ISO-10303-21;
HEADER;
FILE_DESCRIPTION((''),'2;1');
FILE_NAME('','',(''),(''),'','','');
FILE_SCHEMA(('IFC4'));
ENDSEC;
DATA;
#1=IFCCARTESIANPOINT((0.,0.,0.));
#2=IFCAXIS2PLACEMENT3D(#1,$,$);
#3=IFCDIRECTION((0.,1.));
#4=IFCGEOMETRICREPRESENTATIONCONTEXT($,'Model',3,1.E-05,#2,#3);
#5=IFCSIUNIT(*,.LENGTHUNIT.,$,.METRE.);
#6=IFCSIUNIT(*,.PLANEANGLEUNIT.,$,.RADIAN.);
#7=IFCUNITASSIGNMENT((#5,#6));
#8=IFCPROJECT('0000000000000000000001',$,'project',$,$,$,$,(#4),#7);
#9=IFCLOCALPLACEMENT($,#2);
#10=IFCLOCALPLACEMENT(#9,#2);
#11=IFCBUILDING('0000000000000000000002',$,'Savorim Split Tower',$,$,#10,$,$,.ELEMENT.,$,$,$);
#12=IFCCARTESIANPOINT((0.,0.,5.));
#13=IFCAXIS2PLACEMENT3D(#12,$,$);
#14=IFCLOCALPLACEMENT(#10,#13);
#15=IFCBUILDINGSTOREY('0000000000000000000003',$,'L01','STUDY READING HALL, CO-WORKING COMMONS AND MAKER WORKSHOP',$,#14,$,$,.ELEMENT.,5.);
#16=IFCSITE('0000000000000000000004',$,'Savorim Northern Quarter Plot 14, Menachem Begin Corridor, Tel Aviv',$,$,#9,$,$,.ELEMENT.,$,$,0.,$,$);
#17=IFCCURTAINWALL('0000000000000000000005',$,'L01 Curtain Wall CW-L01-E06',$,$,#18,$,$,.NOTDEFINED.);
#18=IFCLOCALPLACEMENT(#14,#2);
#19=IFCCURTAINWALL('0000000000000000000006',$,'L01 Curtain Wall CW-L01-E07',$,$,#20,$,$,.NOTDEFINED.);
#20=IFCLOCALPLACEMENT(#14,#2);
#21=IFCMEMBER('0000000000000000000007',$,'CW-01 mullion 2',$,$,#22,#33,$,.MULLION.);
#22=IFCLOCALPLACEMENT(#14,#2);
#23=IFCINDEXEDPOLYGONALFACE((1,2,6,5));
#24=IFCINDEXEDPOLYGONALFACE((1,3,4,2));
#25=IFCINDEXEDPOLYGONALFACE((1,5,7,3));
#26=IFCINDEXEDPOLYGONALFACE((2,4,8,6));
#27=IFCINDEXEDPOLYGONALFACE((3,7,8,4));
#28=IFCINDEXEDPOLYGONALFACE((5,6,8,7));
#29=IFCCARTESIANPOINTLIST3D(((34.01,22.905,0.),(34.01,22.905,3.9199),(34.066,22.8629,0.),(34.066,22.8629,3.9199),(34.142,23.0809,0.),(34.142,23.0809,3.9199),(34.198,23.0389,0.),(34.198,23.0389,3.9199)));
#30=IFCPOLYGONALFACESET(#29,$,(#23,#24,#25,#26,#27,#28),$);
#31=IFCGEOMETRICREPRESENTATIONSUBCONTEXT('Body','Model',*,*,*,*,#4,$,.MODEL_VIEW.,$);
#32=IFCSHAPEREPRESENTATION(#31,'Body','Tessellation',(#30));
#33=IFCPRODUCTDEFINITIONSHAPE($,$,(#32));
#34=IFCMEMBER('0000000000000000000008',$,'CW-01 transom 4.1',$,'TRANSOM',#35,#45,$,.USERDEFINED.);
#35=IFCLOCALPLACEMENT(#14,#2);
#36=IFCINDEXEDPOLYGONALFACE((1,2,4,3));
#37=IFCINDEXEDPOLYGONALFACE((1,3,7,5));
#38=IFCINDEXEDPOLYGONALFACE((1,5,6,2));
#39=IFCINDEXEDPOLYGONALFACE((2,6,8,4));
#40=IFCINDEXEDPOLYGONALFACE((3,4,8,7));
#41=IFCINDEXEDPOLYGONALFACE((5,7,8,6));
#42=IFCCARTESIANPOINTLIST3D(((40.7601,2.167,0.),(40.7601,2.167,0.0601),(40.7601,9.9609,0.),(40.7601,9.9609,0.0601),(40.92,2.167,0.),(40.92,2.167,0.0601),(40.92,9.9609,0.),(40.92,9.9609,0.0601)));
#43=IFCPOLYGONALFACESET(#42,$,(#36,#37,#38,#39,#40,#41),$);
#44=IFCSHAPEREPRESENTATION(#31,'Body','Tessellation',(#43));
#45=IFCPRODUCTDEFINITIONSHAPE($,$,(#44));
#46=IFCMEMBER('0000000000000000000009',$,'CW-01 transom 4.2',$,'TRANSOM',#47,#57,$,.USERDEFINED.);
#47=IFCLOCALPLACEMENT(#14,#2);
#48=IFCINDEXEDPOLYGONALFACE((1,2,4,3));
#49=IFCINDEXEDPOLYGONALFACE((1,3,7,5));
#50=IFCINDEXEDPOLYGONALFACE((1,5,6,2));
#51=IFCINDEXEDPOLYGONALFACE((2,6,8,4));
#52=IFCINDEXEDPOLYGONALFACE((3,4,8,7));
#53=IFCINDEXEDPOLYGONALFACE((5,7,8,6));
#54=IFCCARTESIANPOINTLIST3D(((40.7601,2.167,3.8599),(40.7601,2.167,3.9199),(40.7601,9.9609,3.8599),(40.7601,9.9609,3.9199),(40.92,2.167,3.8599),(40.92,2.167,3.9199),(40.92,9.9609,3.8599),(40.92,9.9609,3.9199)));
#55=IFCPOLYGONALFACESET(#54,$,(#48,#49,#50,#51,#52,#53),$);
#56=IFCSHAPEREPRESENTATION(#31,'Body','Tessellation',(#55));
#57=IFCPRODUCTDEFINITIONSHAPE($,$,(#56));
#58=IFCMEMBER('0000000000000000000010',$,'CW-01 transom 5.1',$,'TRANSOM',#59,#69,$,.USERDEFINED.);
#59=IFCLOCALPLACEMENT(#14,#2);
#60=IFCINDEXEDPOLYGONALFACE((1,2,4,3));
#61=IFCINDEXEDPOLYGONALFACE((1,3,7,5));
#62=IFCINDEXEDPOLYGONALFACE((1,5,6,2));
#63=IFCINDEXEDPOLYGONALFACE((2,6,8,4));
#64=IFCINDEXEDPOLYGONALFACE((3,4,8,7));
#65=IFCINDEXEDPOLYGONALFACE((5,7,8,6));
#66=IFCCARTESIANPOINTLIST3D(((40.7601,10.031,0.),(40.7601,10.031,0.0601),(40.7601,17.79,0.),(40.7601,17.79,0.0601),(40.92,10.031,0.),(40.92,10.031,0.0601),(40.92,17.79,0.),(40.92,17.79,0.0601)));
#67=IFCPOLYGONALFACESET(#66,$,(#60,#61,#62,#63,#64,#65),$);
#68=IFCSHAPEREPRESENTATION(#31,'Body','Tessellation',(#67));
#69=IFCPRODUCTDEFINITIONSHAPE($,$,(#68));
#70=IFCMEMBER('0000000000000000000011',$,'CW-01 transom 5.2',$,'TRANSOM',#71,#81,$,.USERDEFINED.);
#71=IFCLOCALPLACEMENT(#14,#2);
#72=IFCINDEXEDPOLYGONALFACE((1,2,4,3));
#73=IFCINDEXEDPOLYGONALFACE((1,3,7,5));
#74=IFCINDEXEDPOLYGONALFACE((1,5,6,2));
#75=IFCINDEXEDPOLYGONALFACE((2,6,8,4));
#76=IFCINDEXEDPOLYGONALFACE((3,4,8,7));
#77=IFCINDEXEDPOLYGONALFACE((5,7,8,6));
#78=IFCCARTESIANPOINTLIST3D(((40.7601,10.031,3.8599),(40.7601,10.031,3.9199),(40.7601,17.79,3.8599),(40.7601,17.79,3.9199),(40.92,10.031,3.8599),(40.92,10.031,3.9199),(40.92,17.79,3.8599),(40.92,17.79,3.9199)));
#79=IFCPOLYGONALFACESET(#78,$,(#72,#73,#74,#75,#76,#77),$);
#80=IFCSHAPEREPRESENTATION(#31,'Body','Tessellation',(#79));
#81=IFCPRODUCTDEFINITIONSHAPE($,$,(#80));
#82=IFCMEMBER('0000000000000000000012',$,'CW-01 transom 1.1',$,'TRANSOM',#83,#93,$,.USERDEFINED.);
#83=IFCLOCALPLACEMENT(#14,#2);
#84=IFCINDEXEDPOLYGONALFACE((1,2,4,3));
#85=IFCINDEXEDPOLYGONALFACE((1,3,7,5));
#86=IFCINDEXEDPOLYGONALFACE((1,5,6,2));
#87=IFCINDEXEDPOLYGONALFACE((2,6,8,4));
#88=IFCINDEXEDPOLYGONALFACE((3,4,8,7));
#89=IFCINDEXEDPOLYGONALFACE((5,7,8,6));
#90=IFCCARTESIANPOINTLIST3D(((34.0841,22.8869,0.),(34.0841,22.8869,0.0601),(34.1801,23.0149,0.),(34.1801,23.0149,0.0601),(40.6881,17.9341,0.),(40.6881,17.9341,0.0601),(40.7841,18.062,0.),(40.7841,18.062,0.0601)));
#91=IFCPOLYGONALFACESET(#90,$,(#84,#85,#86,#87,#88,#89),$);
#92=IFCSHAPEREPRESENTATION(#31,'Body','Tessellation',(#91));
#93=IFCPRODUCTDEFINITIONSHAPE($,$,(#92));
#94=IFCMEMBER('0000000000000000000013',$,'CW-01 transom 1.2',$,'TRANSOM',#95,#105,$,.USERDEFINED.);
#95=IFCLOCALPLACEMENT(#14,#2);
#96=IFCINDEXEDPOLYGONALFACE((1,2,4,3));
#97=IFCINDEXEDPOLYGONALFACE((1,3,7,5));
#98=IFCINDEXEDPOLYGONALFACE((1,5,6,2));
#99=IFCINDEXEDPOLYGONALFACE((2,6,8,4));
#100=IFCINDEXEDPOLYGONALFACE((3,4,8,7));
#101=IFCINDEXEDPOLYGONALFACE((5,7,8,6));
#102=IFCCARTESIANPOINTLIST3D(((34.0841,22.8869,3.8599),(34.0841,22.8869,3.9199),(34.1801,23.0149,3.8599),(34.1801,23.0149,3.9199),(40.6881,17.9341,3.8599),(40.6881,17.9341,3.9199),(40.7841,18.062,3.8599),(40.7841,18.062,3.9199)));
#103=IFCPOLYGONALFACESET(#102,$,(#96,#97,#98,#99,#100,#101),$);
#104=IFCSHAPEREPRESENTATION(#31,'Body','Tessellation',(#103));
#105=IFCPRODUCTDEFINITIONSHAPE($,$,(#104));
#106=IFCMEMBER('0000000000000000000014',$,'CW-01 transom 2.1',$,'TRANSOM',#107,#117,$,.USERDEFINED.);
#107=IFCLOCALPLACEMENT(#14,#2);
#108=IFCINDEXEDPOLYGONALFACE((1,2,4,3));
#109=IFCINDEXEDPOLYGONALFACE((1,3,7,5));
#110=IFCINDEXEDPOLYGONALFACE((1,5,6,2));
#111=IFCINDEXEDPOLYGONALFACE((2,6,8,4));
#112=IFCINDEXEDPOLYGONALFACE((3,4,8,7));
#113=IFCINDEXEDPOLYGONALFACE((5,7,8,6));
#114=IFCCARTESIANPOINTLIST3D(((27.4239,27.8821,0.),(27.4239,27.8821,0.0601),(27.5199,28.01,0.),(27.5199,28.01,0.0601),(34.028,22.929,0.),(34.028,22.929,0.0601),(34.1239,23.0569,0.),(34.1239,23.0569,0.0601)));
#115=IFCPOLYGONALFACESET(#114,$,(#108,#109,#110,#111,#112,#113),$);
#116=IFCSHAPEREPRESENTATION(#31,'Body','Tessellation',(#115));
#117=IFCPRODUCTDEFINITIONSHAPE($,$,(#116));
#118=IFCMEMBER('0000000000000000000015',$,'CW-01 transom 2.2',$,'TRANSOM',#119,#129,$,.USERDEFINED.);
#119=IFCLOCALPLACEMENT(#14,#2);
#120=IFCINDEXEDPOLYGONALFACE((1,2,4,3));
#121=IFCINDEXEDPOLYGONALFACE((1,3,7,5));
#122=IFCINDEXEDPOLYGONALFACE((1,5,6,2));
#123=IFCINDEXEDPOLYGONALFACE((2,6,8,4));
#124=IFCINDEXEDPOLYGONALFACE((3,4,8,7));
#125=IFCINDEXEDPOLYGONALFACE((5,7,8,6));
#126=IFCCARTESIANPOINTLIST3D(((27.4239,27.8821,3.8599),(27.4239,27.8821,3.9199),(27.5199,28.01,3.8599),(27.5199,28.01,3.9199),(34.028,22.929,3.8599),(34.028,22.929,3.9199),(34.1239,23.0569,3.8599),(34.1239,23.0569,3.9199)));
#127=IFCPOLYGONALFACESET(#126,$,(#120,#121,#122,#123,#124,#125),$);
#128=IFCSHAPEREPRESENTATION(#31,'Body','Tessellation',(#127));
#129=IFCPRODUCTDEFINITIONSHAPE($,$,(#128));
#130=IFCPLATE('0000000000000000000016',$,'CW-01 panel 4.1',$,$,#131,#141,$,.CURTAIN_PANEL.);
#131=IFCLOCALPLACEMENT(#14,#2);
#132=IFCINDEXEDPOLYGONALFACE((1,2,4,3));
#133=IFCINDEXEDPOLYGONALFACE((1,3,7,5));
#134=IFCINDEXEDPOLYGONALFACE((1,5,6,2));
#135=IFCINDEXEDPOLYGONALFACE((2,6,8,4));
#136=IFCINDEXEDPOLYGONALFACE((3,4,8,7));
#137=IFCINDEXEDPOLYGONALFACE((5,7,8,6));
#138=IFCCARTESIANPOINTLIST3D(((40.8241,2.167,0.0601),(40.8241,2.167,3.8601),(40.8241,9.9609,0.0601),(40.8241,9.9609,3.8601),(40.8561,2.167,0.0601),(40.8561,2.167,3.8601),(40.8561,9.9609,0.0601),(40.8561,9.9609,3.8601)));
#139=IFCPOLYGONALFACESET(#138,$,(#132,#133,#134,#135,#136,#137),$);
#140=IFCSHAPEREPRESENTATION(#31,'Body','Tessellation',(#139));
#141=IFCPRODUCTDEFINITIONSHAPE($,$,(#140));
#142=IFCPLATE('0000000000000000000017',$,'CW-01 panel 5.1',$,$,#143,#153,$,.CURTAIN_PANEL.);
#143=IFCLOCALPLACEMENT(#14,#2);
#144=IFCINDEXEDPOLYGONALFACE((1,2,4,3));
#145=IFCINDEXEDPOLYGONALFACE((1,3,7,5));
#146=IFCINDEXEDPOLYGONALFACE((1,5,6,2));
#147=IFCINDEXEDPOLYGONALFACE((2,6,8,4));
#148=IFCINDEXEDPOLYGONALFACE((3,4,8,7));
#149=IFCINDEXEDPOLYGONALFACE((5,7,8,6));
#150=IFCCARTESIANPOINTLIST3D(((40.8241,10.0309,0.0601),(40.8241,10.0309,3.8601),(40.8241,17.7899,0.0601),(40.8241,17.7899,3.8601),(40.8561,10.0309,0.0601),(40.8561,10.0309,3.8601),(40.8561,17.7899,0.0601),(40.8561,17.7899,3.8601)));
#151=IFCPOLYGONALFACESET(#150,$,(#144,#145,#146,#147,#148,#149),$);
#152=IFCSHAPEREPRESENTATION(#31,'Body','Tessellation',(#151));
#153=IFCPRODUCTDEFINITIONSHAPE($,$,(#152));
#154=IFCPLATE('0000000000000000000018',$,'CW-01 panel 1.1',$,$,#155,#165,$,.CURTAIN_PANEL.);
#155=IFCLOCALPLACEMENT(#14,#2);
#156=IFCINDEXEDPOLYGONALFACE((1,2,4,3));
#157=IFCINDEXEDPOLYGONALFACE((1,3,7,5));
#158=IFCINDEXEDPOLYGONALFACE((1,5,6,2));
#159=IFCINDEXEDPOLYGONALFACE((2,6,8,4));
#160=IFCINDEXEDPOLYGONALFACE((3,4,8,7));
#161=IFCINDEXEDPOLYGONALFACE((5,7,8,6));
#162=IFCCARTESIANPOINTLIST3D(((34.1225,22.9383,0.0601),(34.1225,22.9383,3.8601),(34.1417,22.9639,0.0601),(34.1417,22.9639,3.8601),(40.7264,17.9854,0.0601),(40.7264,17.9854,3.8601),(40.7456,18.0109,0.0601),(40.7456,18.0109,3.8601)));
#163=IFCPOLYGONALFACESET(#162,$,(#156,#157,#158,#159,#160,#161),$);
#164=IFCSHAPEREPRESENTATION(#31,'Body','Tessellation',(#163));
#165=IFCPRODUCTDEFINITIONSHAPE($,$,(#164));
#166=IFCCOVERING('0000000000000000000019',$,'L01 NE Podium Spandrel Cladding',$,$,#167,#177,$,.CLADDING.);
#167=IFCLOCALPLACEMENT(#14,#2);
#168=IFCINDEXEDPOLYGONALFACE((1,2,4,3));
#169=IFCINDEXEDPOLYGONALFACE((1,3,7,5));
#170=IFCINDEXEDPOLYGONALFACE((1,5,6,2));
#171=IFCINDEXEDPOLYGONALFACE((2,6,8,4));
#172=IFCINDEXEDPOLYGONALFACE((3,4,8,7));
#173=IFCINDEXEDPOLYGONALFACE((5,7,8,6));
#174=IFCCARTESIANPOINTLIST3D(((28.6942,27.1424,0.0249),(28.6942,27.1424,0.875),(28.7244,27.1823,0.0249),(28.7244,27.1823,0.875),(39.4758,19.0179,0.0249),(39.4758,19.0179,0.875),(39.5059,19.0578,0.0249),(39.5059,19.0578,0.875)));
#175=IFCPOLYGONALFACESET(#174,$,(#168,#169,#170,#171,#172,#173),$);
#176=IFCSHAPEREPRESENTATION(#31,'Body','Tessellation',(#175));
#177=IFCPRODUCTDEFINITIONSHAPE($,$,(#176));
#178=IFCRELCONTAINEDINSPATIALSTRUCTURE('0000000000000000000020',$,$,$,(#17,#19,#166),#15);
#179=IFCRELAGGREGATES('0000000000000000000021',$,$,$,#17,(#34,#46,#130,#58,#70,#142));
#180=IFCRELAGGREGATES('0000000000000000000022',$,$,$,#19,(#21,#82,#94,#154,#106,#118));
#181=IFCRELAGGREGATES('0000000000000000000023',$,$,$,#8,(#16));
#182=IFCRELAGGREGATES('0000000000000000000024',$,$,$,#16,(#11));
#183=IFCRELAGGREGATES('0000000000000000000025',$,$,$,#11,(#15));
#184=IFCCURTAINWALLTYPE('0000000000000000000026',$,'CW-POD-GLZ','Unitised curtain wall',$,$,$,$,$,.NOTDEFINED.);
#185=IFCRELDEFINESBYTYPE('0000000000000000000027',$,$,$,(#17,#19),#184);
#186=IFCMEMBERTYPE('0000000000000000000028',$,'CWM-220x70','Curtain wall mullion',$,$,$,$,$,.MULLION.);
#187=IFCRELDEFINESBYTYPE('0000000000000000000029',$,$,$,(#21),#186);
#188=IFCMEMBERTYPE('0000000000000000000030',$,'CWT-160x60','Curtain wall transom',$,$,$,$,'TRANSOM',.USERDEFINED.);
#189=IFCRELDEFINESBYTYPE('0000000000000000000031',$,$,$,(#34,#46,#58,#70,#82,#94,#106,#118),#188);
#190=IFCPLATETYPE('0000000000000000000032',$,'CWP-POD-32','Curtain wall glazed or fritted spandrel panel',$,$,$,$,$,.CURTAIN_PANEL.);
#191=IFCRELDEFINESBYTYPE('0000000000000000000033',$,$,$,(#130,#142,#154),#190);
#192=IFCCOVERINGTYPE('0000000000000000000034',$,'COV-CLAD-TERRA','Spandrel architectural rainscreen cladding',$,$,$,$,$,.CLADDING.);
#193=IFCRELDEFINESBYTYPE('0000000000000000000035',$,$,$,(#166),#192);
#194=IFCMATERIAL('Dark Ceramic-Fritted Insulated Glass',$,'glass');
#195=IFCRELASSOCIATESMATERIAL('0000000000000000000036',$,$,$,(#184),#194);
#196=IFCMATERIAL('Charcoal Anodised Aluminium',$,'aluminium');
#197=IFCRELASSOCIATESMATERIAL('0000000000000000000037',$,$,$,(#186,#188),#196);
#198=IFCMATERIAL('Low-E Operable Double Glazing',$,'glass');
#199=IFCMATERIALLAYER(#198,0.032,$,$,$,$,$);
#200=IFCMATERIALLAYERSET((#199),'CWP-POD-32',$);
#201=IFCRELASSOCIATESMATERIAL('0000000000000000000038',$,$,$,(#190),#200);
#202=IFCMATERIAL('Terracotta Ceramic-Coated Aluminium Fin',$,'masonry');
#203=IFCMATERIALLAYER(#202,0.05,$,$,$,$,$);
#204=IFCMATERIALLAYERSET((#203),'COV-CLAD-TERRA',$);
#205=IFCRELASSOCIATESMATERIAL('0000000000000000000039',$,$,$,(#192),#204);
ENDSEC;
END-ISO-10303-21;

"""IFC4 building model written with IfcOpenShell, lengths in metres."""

from ifc_helpers import new_model, si_unit, direction, frame, origin, origin_2d, place, context, subcontext, project, spatial, rectangle, extrude, material, layer, layer_set, material_profile, profile_set, type_object, element, aggregate, save


model = new_model("IFC4")

# Units and contexts
model_context = context("Model", 3, precision=1e-05, world=origin(), true_north=direction((0.0, 1.0)))
body_context = subcontext(model_context, "Body", "Model", "MODEL_VIEW")
ifc_project = project(units=[si_unit("LENGTHUNIT", "METRE"), si_unit("PLANEANGLEUNIT", "RADIAN")], contexts=[model_context])

# Site, building, storey
site_placement = place(None, origin())
site = spatial("IfcSite", under=ifc_project, at=site_placement, Name="Savorim Northern Quarter Plot 14, Menachem Begin Corridor, Tel Aviv", CompositionType="ELEMENT", RefElevation=0.0)
building_placement = place(site_placement, origin())
building = spatial("IfcBuilding", under=site, at=building_placement, Name="Savorim Split Tower", CompositionType="ELEMENT")
storey_placement = place(building_placement, frame((0.0, 0.0, 5.0)))
storey = spatial("IfcBuildingStorey", under=building, at=storey_placement, Name="L01", Description="STUDY READING HALL, CO-WORKING COMMONS AND MAKER WORKSHOP", CompositionType="ELEMENT", Elevation=5.0)

# Curtain walls, member
ifc_material_1 = material(Name="Dark Ceramic-Fritted Insulated Glass", Category="glass")
curtain_wall_type = type_object("IfcCurtainWallType", Name="CW-POD-GLZ", Description="Unitised curtain wall", PredefinedType="NOTDEFINED", material=ifc_material_1)
curtain_wall_1_placement = place(storey_placement, origin())
curtain_wall_1 = element("IfcCurtainWall", 1, at=curtain_wall_1_placement, inside=storey, type_object=curtain_wall_type, Name="L01 Curtain Wall CW-L01-E06", PredefinedType="NOTDEFINED")
ifc_material_2 = material(Name="Charcoal Anodised Aluminium", Category="aluminium")
ifc_material_profile_1 = material_profile(ifc_material_2, rectangle(XDim=0.22, YDim=0.0701, at=origin_2d()), Name="ALU-M 220x70")
ifc_profile_set_1 = profile_set([ifc_material_profile_1], Name="Charcoal Anodised Aluminium")
member_type_1 = type_object("IfcMemberType", Name="CWM-220x70", Description="Curtain wall mullion", PredefinedType="MULLION", material=ifc_profile_set_1)
curtain_wall_2_placement = place(storey_placement, origin())
curtain_wall_2 = element("IfcCurtainWall", 2, at=curtain_wall_2_placement, inside=storey, type_object=curtain_wall_type, Name="L01 Curtain Wall CW-L01-E07", PredefinedType="NOTDEFINED")
member_1_placement = place(storey_placement, frame((34.104, 22.9719, 0.0), z_axis=(0.0, 0.0, 1.0), x_axis=(-0.6, -0.8, 0.0)))
member_1 = element("IfcMember", 3, at=member_1_placement, type_object=member_type_1, Name="CW-01 mullion 2", PredefinedType="MULLION", context=body_context, shape_type="SweptSolid", body=[
    extrude(rectangle(XDim=0.22, YDim=0.0701, at=origin_2d()), origin(), (0.0, 0.0, 1.0), 3.9199),
])

# Members
ifc_material_profile_2 = material_profile(ifc_material_2, rectangle(XDim=0.1599, YDim=0.0601, at=origin_2d()), Name="ALU-T 160x60")
ifc_profile_set_2 = profile_set([ifc_material_profile_2], Name="Charcoal Anodised Aluminium")
member_type_2 = type_object("IfcMemberType", Name="CWT-160x60", Description="Curtain wall transom", ElementType="TRANSOM", PredefinedType="USERDEFINED", material=ifc_profile_set_2)
member_2_placement = place(storey_placement, frame((40.8401, 2.167, 0.03), z_axis=(0.0, 1.0, 0.0), x_axis=(-1.0, 0.0, 0.0)))
member_2 = element("IfcMember", 4, at=member_2_placement, type_object=member_type_2, Name="CW-01 transom 4.1", ObjectType="TRANSOM", PredefinedType="USERDEFINED", context=body_context, shape_type="SweptSolid", body=[
    extrude(rectangle(XDim=0.1599, YDim=0.0601, at=origin_2d()), origin(), (0.0, 0.0, 1.0), 7.7939),
])
member_3_placement = place(storey_placement, frame((40.8401, 2.167, 3.8899), z_axis=(0.0, 1.0, 0.0), x_axis=(-1.0, 0.0, 0.0)))
member_3 = element("IfcMember", 5, at=member_3_placement, type_object=member_type_2, Name="CW-01 transom 4.2", ObjectType="TRANSOM", PredefinedType="USERDEFINED", context=body_context, shape_type="SweptSolid", body=[
    extrude(rectangle(XDim=0.1599, YDim=0.0601, at=origin_2d()), origin(), (0.0, 0.0, 1.0), 7.7939),
])
member_4_placement = place(storey_placement, frame((40.8401, 10.031, 0.03), z_axis=(0.0, 1.0, 0.0), x_axis=(-1.0, 0.0, 0.0)))
member_4 = element("IfcMember", 6, at=member_4_placement, type_object=member_type_2, Name="CW-01 transom 5.1", ObjectType="TRANSOM", PredefinedType="USERDEFINED", context=body_context, shape_type="SweptSolid", body=[
    extrude(rectangle(XDim=0.1599, YDim=0.0601, at=origin_2d()), origin(), (0.0, 0.0, 1.0), 7.759),
])
member_5_placement = place(storey_placement, frame((40.8401, 10.031, 3.8899), z_axis=(0.0, 1.0, 0.0), x_axis=(-1.0, 0.0, 0.0)))
member_5 = element("IfcMember", 7, at=member_5_placement, type_object=member_type_2, Name="CW-01 transom 5.2", ObjectType="TRANSOM", PredefinedType="USERDEFINED", context=body_context, shape_type="SweptSolid", body=[
    extrude(rectangle(XDim=0.1599, YDim=0.0601, at=origin_2d()), origin(), (0.0, 0.0, 1.0), 7.759),
])
member_6_placement = place(storey_placement, frame((40.7361, 17.998, 0.03), z_axis=(-0.800007, 0.599991, 0.0), x_axis=(-0.599991, -0.800007, 0.0)))
member_6 = element("IfcMember", 8, at=member_6_placement, type_object=member_type_2, Name="CW-01 transom 1.1", ObjectType="TRANSOM", PredefinedType="USERDEFINED", context=body_context, shape_type="SweptSolid", body=[
    extrude(rectangle(XDim=0.1599, YDim=0.0601, at=origin_2d()), origin(), (0.0, 0.0, 1.0), 8.2549),
])
member_7_placement = place(storey_placement, frame((40.7361, 17.998, 3.8899), z_axis=(-0.800007, 0.599991, 0.0), x_axis=(-0.599991, -0.800007, 0.0)))
member_7 = element("IfcMember", 9, at=member_7_placement, type_object=member_type_2, Name="CW-01 transom 1.2", ObjectType="TRANSOM", PredefinedType="USERDEFINED", context=body_context, shape_type="SweptSolid", body=[
    extrude(rectangle(XDim=0.1599, YDim=0.0601, at=origin_2d()), origin(), (0.0, 0.0, 1.0), 8.2549),
])
member_8_placement = place(storey_placement, frame((34.0759, 22.9929, 0.03), z_axis=(-0.799993, 0.600009, 0.0), x_axis=(-0.600009, -0.799993, 0.0)))
member_8 = element("IfcMember", 10, at=member_8_placement, type_object=member_type_2, Name="CW-01 transom 2.1", ObjectType="TRANSOM", PredefinedType="USERDEFINED", context=body_context, shape_type="SweptSolid", body=[
    extrude(rectangle(XDim=0.1599, YDim=0.0601, at=origin_2d()), origin(), (0.0, 0.0, 1.0), 8.2551),
])
member_9_placement = place(storey_placement, frame((34.0759, 22.9929, 3.8899), z_axis=(-0.799993, 0.600009, 0.0), x_axis=(-0.600009, -0.799993, 0.0)))
member_9 = element("IfcMember", 11, at=member_9_placement, type_object=member_type_2, Name="CW-01 transom 2.2", ObjectType="TRANSOM", PredefinedType="USERDEFINED", context=body_context, shape_type="SweptSolid", body=[
    extrude(rectangle(XDim=0.1599, YDim=0.0601, at=origin_2d()), origin(), (0.0, 0.0, 1.0), 8.2551),
])

# Plates
ifc_material_3 = material(Name="Low-E Operable Double Glazing", Category="glass")
ifc_layer_1 = layer(ifc_material_3, 0.032)
ifc_layer_set_1 = layer_set([ifc_layer_1], Name="CWP-POD-32")
plate_type = type_object("IfcPlateType", Name="CWP-POD-32", Description="Curtain wall glazed or fritted spandrel panel", PredefinedType="CURTAIN_PANEL", material=ifc_layer_set_1)
plate_1_placement = place(storey_placement, frame((40.8401, 6.064, 0.0601), z_axis=(0.0, 0.0, 1.0), x_axis=(0.0, 1.0, 0.0)))
plate_1 = element("IfcPlate", 12, at=plate_1_placement, type_object=plate_type, Name="CW-01 panel 4.1", PredefinedType="CURTAIN_PANEL", context=body_context, shape_type="SweptSolid", body=[
    extrude(rectangle(XDim=7.7939, YDim=0.032, at=origin_2d()), origin(), (0.0, 0.0, 1.0), 3.8),
])
plate_2_placement = place(storey_placement, frame((40.8401, 13.9104, 0.0601), z_axis=(0.0, 0.0, 1.0), x_axis=(0.0, 1.0, 0.0)))
plate_2 = element("IfcPlate", 13, at=plate_2_placement, type_object=plate_type, Name="CW-01 panel 5.1", PredefinedType="CURTAIN_PANEL", context=body_context, shape_type="SweptSolid", body=[
    extrude(rectangle(XDim=7.759, YDim=0.032, at=origin_2d()), origin(), (0.0, 0.0, 1.0), 3.8),
])
aggregate(curtain_wall_1, [member_2, member_3, plate_1, member_4, member_5, plate_2])
plate_3_placement = place(storey_placement, frame((37.4341, 20.4746, 0.0601), z_axis=(0.0, 0.0, 1.0), x_axis=(-0.8, 0.6, 0.0)))
plate_3 = element("IfcPlate", 14, at=plate_3_placement, type_object=plate_type, Name="CW-01 panel 1.1", PredefinedType="CURTAIN_PANEL", context=body_context, shape_type="SweptSolid", body=[
    extrude(rectangle(XDim=8.2549, YDim=0.032, at=origin_2d()), origin(), (0.0, 0.0, 1.0), 3.8),
])
aggregate(curtain_wall_2, [member_1, member_6, member_7, plate_3, member_8, member_9])

# Covering
ifc_material_4 = material(Name="Terracotta Ceramic-Coated Aluminium Fin", Category="masonry")
ifc_layer_2 = layer(ifc_material_4, 0.05)
ifc_layer_set_2 = layer_set([ifc_layer_2], Name="COV-CLAD-TERRA")
covering_type = type_object("IfcCoveringType", Name="COV-CLAD-TERRA", Description="Spandrel architectural rainscreen cladding", PredefinedType="CLADDING", material=ifc_layer_set_2)
covering_placement = place(storey_placement, frame((34.1001, 23.1001, 0.0249), z_axis=(0.0, 0.0, 1.0), x_axis=(-0.798636, 0.601815, 0.0)))
element("IfcCovering", 15, at=covering_placement, inside=storey, type_object=covering_type, Name="L01 NE Podium Spandrel Cladding", PredefinedType="CLADDING", context=body_context, shape_type="SweptSolid", body=[
    extrude(rectangle(XDim=13.5, YDim=0.05, at=origin_2d()), origin(), (0.0, 0.0, 1.0), 0.8501),
])

save(model, "model.ifc")
